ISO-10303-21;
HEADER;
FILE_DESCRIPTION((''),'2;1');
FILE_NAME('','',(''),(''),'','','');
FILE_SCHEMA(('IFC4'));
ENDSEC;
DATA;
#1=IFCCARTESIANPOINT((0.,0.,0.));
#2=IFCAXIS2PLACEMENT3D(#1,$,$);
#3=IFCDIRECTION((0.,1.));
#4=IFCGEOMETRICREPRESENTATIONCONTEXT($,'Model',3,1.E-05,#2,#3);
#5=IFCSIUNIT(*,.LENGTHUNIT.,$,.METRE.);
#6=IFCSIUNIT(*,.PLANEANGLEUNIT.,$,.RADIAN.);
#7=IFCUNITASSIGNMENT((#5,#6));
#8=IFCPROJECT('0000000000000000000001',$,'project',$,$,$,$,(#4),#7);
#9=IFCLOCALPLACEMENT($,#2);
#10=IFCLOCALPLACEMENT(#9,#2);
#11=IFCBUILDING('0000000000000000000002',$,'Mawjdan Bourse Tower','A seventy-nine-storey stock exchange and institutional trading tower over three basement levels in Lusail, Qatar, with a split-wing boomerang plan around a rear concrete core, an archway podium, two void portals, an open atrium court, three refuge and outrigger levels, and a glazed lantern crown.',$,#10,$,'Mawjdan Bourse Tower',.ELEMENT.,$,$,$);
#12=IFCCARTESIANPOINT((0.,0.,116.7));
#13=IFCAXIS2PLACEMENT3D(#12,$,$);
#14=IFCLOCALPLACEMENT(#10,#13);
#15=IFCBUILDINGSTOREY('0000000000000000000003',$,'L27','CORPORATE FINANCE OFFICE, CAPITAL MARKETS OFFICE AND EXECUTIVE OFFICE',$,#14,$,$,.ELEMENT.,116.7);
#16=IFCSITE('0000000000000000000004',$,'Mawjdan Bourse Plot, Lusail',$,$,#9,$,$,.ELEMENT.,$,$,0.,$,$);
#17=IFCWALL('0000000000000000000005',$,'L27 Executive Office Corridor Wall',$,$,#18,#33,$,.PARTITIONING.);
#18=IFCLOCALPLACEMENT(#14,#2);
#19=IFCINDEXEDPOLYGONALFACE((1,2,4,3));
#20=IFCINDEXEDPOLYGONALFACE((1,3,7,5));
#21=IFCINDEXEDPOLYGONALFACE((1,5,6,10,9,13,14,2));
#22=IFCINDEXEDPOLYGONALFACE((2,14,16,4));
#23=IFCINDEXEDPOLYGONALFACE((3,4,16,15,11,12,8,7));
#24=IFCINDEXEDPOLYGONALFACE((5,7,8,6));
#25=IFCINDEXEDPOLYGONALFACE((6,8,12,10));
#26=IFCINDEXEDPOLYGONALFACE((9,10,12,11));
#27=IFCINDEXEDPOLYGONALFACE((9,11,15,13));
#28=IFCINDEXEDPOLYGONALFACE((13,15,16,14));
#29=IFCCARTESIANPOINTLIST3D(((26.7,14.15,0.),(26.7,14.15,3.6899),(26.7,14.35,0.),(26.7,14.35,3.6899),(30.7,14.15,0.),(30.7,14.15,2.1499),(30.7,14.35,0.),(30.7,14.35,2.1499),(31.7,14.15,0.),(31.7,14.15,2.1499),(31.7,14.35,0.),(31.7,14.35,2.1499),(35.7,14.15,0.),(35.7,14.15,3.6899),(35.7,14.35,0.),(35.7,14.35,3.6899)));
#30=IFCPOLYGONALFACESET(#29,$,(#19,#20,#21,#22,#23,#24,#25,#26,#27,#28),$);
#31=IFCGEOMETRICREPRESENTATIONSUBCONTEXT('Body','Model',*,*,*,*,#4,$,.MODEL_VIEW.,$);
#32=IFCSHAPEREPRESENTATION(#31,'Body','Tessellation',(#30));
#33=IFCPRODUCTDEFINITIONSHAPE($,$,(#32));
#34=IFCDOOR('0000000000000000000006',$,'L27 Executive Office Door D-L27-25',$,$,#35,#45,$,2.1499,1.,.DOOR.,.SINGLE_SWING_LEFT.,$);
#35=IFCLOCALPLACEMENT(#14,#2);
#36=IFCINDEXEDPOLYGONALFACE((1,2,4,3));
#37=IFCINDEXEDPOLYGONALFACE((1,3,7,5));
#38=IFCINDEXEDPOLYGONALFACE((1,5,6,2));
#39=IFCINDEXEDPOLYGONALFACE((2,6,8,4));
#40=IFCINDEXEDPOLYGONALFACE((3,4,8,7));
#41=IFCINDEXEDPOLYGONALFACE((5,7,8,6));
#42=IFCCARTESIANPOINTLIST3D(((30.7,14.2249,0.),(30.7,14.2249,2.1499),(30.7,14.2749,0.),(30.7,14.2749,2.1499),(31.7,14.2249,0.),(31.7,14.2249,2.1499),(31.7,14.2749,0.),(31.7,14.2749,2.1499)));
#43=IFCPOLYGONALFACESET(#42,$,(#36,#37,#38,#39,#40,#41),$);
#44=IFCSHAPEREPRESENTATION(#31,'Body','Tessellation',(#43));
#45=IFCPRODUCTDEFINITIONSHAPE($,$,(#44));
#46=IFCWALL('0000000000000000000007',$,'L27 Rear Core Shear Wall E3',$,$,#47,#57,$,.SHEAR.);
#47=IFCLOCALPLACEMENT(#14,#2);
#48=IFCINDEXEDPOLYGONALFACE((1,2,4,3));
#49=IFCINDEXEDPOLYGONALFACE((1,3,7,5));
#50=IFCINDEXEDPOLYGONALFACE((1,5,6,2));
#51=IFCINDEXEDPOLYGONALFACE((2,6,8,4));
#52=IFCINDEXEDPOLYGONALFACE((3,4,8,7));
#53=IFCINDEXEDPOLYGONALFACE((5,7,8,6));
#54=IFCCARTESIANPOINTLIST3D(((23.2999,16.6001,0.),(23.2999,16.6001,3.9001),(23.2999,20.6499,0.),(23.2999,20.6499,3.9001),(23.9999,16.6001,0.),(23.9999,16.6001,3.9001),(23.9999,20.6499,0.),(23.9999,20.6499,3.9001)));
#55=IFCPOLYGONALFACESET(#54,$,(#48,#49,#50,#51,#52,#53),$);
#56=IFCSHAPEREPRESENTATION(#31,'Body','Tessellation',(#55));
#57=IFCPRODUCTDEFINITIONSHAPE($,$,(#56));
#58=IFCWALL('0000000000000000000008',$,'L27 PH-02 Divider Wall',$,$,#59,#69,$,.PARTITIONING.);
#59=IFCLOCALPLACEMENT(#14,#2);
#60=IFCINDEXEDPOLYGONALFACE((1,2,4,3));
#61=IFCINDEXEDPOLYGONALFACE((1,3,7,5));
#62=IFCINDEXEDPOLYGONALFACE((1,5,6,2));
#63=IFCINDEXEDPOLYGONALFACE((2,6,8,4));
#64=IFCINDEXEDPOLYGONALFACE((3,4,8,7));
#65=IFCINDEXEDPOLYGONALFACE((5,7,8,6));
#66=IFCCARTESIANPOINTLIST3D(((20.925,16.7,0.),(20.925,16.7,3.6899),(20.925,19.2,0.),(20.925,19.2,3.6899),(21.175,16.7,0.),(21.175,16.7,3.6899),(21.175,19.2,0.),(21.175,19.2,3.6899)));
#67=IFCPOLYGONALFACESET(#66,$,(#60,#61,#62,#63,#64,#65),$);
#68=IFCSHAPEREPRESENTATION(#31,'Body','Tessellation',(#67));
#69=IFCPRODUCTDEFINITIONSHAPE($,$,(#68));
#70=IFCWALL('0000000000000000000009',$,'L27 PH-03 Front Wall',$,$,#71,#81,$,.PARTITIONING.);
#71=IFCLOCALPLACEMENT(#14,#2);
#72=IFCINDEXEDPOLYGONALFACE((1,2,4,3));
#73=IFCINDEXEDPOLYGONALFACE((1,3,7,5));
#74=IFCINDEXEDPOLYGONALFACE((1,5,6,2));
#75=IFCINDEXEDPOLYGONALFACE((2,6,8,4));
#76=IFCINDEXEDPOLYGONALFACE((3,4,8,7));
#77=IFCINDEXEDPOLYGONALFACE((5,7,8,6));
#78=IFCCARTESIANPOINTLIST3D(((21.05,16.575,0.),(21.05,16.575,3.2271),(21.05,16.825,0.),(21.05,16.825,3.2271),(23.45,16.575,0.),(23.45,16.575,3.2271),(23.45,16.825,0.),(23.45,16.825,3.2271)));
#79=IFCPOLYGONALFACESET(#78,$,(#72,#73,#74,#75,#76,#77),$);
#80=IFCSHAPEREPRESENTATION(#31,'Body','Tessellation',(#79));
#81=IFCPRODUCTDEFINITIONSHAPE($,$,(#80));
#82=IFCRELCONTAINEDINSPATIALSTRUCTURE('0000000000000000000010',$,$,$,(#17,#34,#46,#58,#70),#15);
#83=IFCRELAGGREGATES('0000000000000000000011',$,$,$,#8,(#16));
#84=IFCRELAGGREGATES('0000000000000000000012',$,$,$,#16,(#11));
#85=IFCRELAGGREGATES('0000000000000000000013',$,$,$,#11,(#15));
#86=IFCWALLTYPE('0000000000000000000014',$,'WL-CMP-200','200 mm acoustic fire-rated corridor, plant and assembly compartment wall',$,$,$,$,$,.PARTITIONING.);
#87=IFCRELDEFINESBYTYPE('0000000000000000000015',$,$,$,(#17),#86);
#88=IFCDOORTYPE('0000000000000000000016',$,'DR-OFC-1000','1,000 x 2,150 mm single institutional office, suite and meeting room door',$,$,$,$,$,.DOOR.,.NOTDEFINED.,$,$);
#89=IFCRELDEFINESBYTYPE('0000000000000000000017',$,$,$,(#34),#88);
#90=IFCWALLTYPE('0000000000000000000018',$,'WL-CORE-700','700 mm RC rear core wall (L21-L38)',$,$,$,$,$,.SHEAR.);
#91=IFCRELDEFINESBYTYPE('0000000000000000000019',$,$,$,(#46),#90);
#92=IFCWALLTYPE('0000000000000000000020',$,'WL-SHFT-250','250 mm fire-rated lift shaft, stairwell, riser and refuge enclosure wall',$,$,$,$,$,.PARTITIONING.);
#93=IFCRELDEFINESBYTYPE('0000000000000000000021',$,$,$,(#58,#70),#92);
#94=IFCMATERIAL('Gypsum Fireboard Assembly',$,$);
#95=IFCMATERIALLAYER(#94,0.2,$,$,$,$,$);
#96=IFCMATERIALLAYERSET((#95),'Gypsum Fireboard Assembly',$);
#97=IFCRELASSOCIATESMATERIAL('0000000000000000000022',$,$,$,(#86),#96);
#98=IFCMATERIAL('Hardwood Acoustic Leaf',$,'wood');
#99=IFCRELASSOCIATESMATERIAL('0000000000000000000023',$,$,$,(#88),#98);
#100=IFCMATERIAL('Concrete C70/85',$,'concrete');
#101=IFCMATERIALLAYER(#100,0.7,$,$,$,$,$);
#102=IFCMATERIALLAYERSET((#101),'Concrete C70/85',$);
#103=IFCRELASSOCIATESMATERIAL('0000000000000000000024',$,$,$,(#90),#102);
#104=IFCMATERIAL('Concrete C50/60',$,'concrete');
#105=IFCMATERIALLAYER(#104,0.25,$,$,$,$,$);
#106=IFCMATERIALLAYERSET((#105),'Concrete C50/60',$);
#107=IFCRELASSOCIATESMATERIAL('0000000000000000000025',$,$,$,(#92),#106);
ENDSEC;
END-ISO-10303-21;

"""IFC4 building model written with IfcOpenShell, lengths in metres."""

from ifc_helpers import new_model, si_unit, direction, frame, frame_2d, origin, place, context, subcontext, project, spatial, rectangle, extrude, material, layer, layer_set, type_object, element, fill, save


model = new_model("IFC4")

# Units and contexts
model_context = context("Model", 3, precision=1e-05, world=origin(), true_north=direction((0.0, 1.0)))
body_context = subcontext(model_context, "Body", "Model", "MODEL_VIEW")
ifc_project = project(units=[si_unit("LENGTHUNIT", "METRE"), si_unit("PLANEANGLEUNIT", "RADIAN")], contexts=[model_context])

# Site, building, storey
site_placement = place(None, origin())
site = spatial("IfcSite", under=ifc_project, at=site_placement, Name="Mawjdan Bourse Plot, Lusail", CompositionType="ELEMENT", RefElevation=0.0)
building_placement = place(site_placement, origin())
building = spatial("IfcBuilding", under=site, at=building_placement, Name="Mawjdan Bourse Tower", Description="A seventy-nine-storey stock exchange and institutional trading tower over three basement levels in Lusail, Qatar, with a split-wing boomerang plan around a rear concrete core, an archway podium, two void portals, an open atrium court, three refuge and outrigger levels, and a glazed lantern crown.", LongName="Mawjdan Bourse Tower", CompositionType="ELEMENT")
storey_placement = place(building_placement, frame((0.0, 0.0, 116.7)))
storey = spatial("IfcBuildingStorey", under=building, at=storey_placement, Name="L27", Description="CORPORATE FINANCE OFFICE, CAPITAL MARKETS OFFICE AND EXECUTIVE OFFICE", CompositionType="ELEMENT", Elevation=116.7)

# Shared definitions
ifc_material_1 = material(Name="Concrete C70/85", Category="concrete")

# Shared definitions
ifc_material_2 = material(Name="Gypsum Fireboard Assembly")
ifc_layer_1 = layer(ifc_material_2, 0.2)
ifc_layer_set_1 = layer_set([ifc_layer_1], Name="Gypsum Fireboard Assembly")
wall_type_1 = type_object("IfcWallType", Name="WL-CMP-200", Description="200 mm acoustic fire-rated corridor, plant and assembly compartment wall", PredefinedType="PARTITIONING", material=ifc_layer_set_1)

# Shared definitions
ifc_material_3 = material(Name="Hardwood Acoustic Leaf", Category="wood")
door_type_1 = type_object("IfcDoorType", Name="DR-OFC-1000", Description="1,000 x 2,150 mm single institutional office, suite and meeting room door", OperationType="NOTDEFINED", PredefinedType="DOOR", material=ifc_material_3)

# Wall, opening, door
wall_1_placement = place(storey_placement, frame((26.7, 14.25, 0.0), z_axis=(0.0, 0.0, 1.0), x_axis=(1.0, 0.0, 0.0)))
wall_1 = element("IfcWall", 1, at=wall_1_placement, inside=storey, type_object=wall_type_1, Name="L27 Executive Office Corridor Wall", PredefinedType="PARTITIONING", context=body_context, shape_type="SweptSolid", body=[
    extrude(rectangle(XDim=9.0, YDim=0.2, at=frame_2d((4.5, 0.0))), origin(), (0.0, 0.0, 1.0), 3.6899),
])
opening_1_placement = place(wall_1_placement, frame((4.0, 0.0, 0.0)))
opening_1 = element("IfcOpeningElement", 2, at=opening_1_placement, cuts=wall_1, PredefinedType="OPENING", context=body_context, shape_type="SweptSolid", body=[
    extrude(rectangle(XDim=1.0, YDim=2.1499, at=frame_2d((0.5, 1.075))), frame((0.0, 0.1099, 0.0), z_axis=(0.0, -1.0, 0.0), x_axis=(1.0, 0.0, 0.0)), (0.0, 0.0, 1.0), 0.22),
])
door_1_placement = place(opening_1_placement, origin())
door_1 = element("IfcDoor", 3, at=door_1_placement, inside=storey, type_object=door_type_1, Name="L27 Executive Office Door D-L27-25", OperationType="SINGLE_SWING_LEFT", OverallHeight=2.1499, OverallWidth=1.0, PredefinedType="DOOR", context=body_context, shape_type="SweptSolid", body=[
    extrude(rectangle(XDim=1.0, YDim=2.1499, at=frame_2d((0.5, 1.075))), frame((0.0, 0.0249, 0.0), z_axis=(0.0, -1.0, 0.0), x_axis=(1.0, 0.0, 0.0)), (0.0, 0.0, 1.0), 0.05),
])
fill(opening_1, door_1)

# Walls
ifc_layer_2 = layer(ifc_material_1, 0.7)
ifc_layer_set_2 = layer_set([ifc_layer_2], Name="Concrete C70/85")
wall_type_2 = type_object("IfcWallType", Name="WL-CORE-700", Description="700 mm RC rear core wall (L21-L38)", PredefinedType="SHEAR", material=ifc_layer_set_2)
wall_2_placement = place(storey_placement, frame((23.6499, 16.6001, 0.0), z_axis=(0.0, 0.0, 1.0), x_axis=(0.0, 1.0, 0.0)))
element("IfcWall", 4, at=wall_2_placement, inside=storey, type_object=wall_type_2, Name="L27 Rear Core Shear Wall E3", PredefinedType="SHEAR", context=body_context, shape_type="SweptSolid", body=[
    extrude(rectangle(XDim=4.0498, YDim=0.7, at=frame_2d((2.0249, 0.0))), origin(), (0.0, 0.0, 1.0), 3.9001),
])
ifc_material_4 = material(Name="Concrete C50/60", Category="concrete")
ifc_layer_3 = layer(ifc_material_4, 0.25)
ifc_layer_set_3 = layer_set([ifc_layer_3], Name="Concrete C50/60")
wall_type_3 = type_object("IfcWallType", Name="WL-SHFT-250", Description="250 mm fire-rated lift shaft, stairwell, riser and refuge enclosure wall", PredefinedType="PARTITIONING", material=ifc_layer_set_3)
wall_3_placement = place(storey_placement, frame((21.05, 16.7, 0.0), z_axis=(0.0, 0.0, 1.0), x_axis=(0.0, 1.0, 0.0)))
element("IfcWall", 5, at=wall_3_placement, inside=storey, type_object=wall_type_3, Name="L27 PH-02 Divider Wall", PredefinedType="PARTITIONING", context=body_context, shape_type="SweptSolid", body=[
    extrude(rectangle(XDim=2.5, YDim=0.25, at=frame_2d((1.25, 0.0))), origin(), (0.0, 0.0, 1.0), 3.6899),
])
wall_4_placement = place(storey_placement, frame((21.05, 16.7, 0.0), z_axis=(0.0, 0.0, 1.0), x_axis=(1.0, 0.0, 0.0)))
element("IfcWall", 6, at=wall_4_placement, inside=storey, type_object=wall_type_3, Name="L27 PH-03 Front Wall", PredefinedType="PARTITIONING", context=body_context, shape_type="SweptSolid", body=[
    extrude(rectangle(XDim=2.3999, YDim=0.25, at=frame_2d((1.2, 0.0))), origin(), (0.0, 0.0, 1.0), 3.2271),
])

save(model, "model.ifc")
